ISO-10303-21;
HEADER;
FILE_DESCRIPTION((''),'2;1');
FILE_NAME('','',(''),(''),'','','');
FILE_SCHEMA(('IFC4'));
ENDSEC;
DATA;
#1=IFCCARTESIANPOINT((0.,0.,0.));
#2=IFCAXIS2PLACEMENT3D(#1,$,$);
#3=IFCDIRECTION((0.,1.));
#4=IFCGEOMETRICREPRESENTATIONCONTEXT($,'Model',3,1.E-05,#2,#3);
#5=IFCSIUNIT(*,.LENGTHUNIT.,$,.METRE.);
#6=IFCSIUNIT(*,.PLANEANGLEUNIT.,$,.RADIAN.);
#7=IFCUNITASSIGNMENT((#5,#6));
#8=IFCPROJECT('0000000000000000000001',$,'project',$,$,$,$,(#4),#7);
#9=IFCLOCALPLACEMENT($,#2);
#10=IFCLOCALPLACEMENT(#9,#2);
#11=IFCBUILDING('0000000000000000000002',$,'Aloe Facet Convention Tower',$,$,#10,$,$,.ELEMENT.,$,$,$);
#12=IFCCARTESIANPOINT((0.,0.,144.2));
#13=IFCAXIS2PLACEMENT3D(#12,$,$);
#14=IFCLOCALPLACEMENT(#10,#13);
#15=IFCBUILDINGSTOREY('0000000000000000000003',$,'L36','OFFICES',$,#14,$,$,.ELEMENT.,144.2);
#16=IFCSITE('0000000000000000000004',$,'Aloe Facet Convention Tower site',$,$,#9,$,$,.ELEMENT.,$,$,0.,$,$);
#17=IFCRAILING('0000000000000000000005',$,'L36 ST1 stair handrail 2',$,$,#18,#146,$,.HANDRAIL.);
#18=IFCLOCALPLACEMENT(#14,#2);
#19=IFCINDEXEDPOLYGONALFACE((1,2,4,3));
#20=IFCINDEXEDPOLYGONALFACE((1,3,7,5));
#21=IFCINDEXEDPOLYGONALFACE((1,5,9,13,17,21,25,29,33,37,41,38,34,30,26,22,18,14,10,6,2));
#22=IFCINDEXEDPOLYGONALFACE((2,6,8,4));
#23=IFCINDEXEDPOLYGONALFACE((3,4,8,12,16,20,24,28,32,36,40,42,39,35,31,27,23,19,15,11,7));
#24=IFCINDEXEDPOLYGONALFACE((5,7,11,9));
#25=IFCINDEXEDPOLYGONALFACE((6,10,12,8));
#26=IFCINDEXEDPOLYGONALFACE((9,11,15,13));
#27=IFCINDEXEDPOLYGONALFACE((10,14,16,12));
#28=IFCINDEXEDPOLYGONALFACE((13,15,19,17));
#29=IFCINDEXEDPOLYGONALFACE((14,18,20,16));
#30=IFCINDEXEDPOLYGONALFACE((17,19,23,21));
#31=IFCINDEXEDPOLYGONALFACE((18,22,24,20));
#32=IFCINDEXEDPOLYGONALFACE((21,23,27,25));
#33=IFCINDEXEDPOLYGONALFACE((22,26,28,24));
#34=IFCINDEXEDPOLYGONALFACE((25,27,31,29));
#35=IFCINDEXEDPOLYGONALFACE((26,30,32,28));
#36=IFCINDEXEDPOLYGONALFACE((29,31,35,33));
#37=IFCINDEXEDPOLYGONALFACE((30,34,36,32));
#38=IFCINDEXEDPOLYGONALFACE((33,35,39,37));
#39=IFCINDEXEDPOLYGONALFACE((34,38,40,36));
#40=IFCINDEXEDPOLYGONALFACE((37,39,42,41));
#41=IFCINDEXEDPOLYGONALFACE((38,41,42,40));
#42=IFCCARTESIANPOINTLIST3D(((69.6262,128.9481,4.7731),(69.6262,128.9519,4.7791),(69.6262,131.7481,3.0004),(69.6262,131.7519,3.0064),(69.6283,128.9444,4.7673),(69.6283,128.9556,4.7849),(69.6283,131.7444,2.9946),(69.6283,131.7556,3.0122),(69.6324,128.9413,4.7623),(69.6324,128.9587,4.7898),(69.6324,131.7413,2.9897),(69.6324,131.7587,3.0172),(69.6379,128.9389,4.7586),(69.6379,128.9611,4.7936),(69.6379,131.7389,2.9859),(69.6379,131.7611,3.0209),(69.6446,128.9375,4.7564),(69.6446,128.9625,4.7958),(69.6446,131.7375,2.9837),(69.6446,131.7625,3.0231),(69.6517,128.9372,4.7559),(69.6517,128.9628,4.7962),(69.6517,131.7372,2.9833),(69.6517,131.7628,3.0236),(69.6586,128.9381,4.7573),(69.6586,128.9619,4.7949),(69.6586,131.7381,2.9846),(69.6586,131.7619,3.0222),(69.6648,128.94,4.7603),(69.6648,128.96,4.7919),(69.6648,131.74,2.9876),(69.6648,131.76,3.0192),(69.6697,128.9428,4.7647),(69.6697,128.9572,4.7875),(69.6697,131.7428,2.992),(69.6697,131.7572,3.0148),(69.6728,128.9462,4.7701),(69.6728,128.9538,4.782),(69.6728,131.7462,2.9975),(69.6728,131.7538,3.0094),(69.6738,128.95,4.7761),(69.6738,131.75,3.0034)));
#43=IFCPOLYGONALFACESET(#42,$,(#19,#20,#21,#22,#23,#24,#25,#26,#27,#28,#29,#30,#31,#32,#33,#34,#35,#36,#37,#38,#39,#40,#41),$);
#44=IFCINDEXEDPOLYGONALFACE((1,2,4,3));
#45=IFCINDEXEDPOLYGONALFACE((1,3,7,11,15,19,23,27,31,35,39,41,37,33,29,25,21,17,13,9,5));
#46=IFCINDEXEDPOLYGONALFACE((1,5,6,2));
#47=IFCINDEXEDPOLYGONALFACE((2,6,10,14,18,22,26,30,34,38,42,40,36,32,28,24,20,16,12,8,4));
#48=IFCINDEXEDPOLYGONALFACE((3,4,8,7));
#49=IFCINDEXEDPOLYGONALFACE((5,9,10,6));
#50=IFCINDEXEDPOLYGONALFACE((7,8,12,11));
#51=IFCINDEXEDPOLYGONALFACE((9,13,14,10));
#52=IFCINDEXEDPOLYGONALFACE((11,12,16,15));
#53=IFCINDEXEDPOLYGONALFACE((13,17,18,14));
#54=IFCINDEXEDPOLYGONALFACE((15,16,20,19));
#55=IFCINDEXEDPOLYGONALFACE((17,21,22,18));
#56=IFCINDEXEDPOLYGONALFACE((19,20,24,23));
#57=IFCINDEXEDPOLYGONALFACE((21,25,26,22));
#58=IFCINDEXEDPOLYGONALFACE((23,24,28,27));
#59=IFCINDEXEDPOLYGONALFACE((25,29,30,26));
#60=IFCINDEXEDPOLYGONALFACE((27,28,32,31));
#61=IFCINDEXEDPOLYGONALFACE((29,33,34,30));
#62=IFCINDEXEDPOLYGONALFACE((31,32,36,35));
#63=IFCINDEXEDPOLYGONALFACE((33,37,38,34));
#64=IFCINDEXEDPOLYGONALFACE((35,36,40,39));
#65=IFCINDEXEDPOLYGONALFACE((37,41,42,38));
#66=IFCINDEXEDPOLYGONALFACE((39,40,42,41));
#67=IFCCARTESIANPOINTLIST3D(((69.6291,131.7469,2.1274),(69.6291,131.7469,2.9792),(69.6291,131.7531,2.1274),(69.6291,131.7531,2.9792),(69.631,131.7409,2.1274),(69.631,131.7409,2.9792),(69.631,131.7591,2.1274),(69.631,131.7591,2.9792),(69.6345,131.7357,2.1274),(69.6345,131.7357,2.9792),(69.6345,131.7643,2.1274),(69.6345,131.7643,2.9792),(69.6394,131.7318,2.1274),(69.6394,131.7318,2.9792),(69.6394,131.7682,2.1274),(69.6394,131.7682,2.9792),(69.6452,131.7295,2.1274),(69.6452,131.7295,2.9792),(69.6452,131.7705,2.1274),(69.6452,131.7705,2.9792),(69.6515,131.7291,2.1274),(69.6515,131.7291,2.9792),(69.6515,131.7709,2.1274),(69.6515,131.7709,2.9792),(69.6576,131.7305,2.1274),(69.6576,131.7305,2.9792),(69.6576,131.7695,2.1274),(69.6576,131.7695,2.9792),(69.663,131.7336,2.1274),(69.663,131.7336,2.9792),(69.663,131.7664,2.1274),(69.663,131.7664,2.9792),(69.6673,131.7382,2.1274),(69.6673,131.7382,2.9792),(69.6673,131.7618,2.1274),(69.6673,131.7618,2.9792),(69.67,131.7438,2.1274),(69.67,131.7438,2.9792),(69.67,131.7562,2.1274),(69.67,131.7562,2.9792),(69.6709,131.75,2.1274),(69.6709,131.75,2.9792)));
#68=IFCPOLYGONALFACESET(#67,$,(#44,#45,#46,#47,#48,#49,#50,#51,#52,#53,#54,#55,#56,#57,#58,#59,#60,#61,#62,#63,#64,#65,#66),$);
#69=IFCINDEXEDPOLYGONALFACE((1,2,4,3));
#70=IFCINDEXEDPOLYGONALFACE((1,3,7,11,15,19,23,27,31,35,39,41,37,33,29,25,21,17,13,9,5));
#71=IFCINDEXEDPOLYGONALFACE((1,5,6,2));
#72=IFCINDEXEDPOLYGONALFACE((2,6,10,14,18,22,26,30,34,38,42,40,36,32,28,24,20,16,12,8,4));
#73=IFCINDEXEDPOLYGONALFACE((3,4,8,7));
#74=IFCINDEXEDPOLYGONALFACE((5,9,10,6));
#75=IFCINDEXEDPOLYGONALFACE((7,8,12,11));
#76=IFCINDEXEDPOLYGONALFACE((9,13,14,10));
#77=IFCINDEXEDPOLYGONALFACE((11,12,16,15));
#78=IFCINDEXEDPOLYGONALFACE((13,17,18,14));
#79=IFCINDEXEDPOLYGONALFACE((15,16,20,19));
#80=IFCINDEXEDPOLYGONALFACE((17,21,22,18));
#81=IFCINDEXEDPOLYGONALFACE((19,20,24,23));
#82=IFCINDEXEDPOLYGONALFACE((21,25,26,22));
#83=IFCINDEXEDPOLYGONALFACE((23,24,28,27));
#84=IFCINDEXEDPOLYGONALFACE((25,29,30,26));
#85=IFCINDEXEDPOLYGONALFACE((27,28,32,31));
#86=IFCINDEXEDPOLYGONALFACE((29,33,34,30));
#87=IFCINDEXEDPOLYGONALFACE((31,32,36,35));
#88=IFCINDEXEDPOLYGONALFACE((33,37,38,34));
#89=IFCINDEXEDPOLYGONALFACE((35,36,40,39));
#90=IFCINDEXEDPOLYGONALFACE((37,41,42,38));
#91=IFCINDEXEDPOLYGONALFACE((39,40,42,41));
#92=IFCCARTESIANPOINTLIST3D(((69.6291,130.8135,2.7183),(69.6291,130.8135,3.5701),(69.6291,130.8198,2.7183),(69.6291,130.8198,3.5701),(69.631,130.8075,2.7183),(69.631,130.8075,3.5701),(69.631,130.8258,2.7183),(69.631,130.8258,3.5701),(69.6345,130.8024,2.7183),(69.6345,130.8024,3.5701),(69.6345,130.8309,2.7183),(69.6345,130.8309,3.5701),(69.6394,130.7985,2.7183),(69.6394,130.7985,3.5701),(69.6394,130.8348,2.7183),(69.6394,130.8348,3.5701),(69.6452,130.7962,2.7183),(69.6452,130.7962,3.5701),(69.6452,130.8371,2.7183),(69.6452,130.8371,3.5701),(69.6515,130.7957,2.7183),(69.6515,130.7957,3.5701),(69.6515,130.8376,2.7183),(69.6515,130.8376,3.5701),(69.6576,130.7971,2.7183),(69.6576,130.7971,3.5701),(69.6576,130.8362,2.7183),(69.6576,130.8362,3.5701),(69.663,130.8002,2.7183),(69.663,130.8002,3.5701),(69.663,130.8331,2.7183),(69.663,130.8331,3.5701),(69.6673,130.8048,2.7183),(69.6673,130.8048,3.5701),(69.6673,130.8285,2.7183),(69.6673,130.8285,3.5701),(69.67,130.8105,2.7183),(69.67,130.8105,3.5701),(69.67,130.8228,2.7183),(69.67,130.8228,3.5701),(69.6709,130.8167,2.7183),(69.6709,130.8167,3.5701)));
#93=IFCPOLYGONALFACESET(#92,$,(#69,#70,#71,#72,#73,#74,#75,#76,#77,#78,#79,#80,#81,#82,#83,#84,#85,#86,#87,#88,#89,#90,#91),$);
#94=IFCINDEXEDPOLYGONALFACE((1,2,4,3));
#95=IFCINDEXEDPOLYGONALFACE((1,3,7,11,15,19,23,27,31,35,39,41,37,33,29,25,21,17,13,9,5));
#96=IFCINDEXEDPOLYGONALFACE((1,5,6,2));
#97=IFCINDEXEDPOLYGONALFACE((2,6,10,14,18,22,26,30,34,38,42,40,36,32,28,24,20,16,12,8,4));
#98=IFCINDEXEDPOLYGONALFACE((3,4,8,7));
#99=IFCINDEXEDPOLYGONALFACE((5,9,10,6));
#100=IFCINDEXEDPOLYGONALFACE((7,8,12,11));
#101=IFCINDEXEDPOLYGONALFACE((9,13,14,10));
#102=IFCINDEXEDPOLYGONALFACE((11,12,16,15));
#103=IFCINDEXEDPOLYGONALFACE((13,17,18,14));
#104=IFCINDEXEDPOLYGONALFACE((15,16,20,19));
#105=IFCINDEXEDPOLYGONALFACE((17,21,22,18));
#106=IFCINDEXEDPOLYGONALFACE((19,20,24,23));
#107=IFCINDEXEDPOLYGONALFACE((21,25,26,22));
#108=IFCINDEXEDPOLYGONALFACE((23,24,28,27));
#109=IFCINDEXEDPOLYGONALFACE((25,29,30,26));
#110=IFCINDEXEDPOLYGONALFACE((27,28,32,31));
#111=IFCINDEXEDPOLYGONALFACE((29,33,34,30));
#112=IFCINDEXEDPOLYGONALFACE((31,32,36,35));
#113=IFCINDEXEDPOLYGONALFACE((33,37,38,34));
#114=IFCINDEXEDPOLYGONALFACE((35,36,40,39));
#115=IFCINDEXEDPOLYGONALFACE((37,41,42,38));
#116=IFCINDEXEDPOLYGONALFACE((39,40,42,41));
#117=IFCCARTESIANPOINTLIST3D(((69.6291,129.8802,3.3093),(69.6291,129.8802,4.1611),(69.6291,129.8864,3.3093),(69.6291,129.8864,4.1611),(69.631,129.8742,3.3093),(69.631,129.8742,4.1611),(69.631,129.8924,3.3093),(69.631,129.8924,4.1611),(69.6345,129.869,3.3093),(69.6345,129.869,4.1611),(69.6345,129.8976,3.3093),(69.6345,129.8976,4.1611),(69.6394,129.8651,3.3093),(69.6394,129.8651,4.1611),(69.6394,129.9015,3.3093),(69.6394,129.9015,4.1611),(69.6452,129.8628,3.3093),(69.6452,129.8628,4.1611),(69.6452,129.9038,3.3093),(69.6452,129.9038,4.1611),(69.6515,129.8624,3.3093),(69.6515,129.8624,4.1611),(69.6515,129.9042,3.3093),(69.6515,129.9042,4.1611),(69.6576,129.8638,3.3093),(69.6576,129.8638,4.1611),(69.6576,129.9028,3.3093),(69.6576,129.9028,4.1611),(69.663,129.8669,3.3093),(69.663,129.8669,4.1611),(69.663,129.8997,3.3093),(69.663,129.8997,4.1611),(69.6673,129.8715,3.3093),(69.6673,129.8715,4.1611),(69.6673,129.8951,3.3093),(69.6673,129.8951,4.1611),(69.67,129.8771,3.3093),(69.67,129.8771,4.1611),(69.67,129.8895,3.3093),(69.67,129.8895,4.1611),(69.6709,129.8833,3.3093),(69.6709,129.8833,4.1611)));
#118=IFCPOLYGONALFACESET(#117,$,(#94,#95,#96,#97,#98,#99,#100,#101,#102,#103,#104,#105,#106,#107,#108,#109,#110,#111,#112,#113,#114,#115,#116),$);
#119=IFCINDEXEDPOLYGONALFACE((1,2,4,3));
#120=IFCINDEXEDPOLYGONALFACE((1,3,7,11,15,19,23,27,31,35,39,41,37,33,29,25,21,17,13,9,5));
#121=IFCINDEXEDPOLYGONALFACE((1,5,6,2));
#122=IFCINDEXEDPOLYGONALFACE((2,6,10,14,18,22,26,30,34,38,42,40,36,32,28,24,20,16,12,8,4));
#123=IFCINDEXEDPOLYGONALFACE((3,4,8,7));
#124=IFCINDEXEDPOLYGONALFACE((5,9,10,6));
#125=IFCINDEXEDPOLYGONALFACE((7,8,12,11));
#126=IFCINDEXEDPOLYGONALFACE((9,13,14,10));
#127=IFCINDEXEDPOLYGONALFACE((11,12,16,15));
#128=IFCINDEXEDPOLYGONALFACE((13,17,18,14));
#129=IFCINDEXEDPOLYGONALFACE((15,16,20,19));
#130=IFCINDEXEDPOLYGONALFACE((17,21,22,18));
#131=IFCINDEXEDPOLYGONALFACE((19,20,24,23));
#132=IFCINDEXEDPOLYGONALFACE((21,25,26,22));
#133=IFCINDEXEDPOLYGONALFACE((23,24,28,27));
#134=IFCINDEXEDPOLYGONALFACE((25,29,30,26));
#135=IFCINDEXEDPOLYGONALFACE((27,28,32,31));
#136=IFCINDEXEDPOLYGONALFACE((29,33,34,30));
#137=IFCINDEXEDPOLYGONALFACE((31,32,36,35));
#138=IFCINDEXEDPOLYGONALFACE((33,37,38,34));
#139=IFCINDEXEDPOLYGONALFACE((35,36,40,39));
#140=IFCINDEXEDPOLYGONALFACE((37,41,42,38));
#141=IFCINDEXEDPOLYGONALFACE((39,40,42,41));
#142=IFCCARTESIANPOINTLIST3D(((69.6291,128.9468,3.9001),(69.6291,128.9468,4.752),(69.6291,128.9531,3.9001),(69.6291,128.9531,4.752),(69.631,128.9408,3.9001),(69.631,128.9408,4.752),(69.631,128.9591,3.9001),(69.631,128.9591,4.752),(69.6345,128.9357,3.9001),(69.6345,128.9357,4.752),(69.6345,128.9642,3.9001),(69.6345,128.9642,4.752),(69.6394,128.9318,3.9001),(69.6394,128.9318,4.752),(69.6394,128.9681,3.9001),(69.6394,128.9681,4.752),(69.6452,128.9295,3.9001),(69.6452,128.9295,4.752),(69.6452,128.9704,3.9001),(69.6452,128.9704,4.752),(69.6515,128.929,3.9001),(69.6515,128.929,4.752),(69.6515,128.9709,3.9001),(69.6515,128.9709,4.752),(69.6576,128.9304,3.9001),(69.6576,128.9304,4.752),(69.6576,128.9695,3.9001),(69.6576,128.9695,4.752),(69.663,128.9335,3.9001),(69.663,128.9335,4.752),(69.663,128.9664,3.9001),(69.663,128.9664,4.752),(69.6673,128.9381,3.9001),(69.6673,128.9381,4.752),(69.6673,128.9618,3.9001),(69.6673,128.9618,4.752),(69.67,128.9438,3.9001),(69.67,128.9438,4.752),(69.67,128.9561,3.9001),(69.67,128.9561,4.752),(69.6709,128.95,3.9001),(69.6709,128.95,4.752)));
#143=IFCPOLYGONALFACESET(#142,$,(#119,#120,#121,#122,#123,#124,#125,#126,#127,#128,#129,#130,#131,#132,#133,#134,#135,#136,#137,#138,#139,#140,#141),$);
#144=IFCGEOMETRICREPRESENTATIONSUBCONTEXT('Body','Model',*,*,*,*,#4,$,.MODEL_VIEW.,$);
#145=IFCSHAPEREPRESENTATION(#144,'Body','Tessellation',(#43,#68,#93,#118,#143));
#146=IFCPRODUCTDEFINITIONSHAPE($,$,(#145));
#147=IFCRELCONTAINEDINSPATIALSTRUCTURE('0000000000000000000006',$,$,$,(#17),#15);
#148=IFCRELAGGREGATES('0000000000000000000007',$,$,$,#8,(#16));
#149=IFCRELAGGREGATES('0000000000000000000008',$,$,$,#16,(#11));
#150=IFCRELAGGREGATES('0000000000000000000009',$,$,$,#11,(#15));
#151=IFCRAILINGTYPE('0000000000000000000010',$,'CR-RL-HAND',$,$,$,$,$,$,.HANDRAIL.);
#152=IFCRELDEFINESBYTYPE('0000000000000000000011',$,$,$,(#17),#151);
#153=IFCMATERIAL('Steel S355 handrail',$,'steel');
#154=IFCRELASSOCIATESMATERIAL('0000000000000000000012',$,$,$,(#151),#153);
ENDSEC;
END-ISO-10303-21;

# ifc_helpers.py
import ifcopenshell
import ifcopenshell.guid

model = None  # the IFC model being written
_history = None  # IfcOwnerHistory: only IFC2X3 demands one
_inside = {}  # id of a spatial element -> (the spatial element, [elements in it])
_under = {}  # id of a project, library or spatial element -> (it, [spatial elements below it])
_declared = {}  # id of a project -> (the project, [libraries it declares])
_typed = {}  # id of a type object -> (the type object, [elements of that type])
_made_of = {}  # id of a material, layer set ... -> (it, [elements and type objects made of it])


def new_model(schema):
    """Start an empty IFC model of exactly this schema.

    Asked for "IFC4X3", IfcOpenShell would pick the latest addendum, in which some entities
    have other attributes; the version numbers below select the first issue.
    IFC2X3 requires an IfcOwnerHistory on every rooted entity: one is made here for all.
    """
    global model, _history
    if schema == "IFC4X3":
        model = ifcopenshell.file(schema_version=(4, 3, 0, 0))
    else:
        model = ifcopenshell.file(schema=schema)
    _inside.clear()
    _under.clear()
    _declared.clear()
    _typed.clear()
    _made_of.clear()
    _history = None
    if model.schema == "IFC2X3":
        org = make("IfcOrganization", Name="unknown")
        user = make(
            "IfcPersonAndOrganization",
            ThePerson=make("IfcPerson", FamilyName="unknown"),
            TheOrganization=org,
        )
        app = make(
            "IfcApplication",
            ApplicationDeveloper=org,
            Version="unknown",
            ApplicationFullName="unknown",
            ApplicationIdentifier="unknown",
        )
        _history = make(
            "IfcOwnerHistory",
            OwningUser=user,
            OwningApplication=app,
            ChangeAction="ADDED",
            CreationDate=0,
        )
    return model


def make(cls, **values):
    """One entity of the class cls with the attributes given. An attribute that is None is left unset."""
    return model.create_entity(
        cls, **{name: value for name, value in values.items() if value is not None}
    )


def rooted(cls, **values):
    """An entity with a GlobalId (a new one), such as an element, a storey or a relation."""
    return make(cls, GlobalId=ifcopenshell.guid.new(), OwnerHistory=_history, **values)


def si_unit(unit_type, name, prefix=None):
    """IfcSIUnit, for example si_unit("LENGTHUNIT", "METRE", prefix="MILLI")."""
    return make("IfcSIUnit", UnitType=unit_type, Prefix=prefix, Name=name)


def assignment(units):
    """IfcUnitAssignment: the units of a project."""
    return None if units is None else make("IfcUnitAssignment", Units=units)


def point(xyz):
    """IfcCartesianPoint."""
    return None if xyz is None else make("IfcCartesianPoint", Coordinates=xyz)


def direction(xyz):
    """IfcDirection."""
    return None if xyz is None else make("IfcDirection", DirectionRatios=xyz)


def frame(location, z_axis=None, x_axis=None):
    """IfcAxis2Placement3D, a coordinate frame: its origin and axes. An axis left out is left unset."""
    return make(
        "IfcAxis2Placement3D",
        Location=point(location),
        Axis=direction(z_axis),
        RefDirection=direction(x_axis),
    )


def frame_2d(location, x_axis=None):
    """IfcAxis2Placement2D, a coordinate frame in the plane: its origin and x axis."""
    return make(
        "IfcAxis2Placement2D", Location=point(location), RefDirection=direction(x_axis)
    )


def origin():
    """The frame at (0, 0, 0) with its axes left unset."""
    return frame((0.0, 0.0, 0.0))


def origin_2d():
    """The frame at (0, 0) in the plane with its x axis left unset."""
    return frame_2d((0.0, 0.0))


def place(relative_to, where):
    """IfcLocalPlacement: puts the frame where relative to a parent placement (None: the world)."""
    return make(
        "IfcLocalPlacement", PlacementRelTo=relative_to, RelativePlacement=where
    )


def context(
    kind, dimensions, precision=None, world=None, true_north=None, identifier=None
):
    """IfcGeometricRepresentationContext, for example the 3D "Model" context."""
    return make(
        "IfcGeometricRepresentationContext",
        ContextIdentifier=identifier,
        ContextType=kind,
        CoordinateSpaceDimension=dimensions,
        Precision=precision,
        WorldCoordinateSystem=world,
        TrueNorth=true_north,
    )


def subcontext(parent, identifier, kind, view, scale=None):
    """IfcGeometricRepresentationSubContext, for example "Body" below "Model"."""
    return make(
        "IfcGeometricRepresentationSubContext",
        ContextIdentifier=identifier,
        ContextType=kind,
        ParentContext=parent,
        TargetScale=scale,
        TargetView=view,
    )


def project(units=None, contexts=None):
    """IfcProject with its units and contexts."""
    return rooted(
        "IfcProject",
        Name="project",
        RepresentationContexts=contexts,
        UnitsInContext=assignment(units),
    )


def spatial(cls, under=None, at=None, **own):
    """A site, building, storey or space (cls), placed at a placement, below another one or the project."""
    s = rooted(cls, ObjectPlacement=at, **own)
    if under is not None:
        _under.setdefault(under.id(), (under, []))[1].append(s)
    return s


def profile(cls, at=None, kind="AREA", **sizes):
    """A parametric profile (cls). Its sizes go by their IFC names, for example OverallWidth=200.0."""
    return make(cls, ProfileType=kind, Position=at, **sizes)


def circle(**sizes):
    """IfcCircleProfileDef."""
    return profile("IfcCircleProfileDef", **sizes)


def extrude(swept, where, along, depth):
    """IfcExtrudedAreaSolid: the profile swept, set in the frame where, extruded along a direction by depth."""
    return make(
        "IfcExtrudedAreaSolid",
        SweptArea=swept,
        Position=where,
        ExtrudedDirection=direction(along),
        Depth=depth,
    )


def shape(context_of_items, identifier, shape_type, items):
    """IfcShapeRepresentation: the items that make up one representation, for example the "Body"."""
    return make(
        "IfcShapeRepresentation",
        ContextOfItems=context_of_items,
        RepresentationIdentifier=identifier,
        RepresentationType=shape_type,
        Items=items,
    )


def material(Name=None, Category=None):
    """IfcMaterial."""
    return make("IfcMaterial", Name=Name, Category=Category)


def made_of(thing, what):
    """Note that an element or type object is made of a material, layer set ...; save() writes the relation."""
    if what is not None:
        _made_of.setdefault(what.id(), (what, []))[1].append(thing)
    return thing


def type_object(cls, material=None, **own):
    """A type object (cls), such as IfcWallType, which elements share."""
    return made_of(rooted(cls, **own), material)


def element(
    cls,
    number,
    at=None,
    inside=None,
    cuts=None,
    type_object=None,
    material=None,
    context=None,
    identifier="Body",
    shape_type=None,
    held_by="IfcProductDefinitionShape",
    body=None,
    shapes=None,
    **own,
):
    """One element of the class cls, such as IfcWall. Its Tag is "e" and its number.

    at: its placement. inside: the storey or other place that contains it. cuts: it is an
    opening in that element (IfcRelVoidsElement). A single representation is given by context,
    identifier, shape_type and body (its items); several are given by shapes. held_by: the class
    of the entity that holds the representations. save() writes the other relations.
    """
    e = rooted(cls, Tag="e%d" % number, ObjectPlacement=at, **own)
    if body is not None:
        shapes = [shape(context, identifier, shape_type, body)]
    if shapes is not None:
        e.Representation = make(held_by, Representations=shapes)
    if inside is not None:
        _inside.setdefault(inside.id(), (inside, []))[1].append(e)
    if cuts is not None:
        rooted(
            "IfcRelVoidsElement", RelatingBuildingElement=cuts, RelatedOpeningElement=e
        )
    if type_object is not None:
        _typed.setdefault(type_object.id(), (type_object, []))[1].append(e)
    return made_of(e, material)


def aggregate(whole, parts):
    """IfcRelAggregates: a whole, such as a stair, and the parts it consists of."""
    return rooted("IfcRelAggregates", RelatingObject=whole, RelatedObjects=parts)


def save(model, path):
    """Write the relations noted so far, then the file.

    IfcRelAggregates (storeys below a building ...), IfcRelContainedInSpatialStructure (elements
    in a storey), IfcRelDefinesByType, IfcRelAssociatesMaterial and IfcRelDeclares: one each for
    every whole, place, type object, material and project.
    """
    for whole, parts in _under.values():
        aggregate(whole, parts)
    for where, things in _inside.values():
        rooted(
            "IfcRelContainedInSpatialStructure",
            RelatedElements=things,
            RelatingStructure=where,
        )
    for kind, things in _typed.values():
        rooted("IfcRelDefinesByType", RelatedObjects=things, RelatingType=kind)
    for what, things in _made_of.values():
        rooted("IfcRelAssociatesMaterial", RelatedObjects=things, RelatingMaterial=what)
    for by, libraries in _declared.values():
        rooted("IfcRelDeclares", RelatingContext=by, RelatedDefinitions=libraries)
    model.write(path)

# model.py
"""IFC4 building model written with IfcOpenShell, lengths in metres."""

from ifc_helpers import new_model, si_unit, direction, frame, origin, origin_2d, place, context, subcontext, project, spatial, circle, extrude, material, type_object, element, save


model = new_model("IFC4")

# Units and contexts
model_context = context("Model", 3, precision=1e-05, world=origin(), true_north=direction((0.0, 1.0)))
body_context = subcontext(model_context, "Body", "Model", "MODEL_VIEW")
ifc_project = project(units=[si_unit("LENGTHUNIT", "METRE"), si_unit("PLANEANGLEUNIT", "RADIAN")], contexts=[model_context])

# Site, building, storey
site_placement = place(None, origin())
site = spatial("IfcSite", under=ifc_project, at=site_placement, Name="Aloe Facet Convention Tower site", CompositionType="ELEMENT", RefElevation=0.0)
building_placement = place(site_placement, origin())
building = spatial("IfcBuilding", under=site, at=building_placement, Name="Aloe Facet Convention Tower", CompositionType="ELEMENT")
storey_placement = place(building_placement, frame((0.0, 0.0, 144.2)))
storey = spatial("IfcBuildingStorey", under=building, at=storey_placement, Name="L36", Description="OFFICES", CompositionType="ELEMENT", Elevation=144.2)

# Railing
ifc_material_1 = material(Name="Steel S355 handrail", Category="steel")
railing_type_1 = type_object("IfcRailingType", Name="CR-RL-HAND", PredefinedType="HANDRAIL", material=ifc_material_1)
railing_1_placement = place(storey_placement, frame((69.6499, 131.75, 2.1274)))
element("IfcRailing", 1, at=railing_1_placement, inside=storey, type_object=railing_type_1, Name="L36 ST1 stair handrail 2", PredefinedType="HANDRAIL", context=body_context, shape_type="SweptSolid", body=[
    extrude(circle(Radius=0.0239, at=origin_2d()), frame((0.0, 0.0, 0.876), z_axis=(0.0, -0.844909, 0.53491), x_axis=(1.0, 0.0, 0.0)), (0.0, 0.0, 1.0), 3.314),
    extrude(circle(Radius=0.021, at=origin_2d()), origin(), (0.0, 0.0, 1.0), 0.8518),
    extrude(circle(Radius=0.021, at=origin_2d()), frame((0.0, -0.9333, 0.5908)), (0.0, 0.0, 1.0), 0.8518),
    extrude(circle(Radius=0.021, at=origin_2d()), frame((0.0, -1.8667, 1.1819)), (0.0, 0.0, 1.0), 0.8518),
    extrude(circle(Radius=0.021, at=origin_2d()), frame((0.0, -2.8, 1.7727)), (0.0, 0.0, 1.0), 0.8518),
])

save(model, "model.ifc")
